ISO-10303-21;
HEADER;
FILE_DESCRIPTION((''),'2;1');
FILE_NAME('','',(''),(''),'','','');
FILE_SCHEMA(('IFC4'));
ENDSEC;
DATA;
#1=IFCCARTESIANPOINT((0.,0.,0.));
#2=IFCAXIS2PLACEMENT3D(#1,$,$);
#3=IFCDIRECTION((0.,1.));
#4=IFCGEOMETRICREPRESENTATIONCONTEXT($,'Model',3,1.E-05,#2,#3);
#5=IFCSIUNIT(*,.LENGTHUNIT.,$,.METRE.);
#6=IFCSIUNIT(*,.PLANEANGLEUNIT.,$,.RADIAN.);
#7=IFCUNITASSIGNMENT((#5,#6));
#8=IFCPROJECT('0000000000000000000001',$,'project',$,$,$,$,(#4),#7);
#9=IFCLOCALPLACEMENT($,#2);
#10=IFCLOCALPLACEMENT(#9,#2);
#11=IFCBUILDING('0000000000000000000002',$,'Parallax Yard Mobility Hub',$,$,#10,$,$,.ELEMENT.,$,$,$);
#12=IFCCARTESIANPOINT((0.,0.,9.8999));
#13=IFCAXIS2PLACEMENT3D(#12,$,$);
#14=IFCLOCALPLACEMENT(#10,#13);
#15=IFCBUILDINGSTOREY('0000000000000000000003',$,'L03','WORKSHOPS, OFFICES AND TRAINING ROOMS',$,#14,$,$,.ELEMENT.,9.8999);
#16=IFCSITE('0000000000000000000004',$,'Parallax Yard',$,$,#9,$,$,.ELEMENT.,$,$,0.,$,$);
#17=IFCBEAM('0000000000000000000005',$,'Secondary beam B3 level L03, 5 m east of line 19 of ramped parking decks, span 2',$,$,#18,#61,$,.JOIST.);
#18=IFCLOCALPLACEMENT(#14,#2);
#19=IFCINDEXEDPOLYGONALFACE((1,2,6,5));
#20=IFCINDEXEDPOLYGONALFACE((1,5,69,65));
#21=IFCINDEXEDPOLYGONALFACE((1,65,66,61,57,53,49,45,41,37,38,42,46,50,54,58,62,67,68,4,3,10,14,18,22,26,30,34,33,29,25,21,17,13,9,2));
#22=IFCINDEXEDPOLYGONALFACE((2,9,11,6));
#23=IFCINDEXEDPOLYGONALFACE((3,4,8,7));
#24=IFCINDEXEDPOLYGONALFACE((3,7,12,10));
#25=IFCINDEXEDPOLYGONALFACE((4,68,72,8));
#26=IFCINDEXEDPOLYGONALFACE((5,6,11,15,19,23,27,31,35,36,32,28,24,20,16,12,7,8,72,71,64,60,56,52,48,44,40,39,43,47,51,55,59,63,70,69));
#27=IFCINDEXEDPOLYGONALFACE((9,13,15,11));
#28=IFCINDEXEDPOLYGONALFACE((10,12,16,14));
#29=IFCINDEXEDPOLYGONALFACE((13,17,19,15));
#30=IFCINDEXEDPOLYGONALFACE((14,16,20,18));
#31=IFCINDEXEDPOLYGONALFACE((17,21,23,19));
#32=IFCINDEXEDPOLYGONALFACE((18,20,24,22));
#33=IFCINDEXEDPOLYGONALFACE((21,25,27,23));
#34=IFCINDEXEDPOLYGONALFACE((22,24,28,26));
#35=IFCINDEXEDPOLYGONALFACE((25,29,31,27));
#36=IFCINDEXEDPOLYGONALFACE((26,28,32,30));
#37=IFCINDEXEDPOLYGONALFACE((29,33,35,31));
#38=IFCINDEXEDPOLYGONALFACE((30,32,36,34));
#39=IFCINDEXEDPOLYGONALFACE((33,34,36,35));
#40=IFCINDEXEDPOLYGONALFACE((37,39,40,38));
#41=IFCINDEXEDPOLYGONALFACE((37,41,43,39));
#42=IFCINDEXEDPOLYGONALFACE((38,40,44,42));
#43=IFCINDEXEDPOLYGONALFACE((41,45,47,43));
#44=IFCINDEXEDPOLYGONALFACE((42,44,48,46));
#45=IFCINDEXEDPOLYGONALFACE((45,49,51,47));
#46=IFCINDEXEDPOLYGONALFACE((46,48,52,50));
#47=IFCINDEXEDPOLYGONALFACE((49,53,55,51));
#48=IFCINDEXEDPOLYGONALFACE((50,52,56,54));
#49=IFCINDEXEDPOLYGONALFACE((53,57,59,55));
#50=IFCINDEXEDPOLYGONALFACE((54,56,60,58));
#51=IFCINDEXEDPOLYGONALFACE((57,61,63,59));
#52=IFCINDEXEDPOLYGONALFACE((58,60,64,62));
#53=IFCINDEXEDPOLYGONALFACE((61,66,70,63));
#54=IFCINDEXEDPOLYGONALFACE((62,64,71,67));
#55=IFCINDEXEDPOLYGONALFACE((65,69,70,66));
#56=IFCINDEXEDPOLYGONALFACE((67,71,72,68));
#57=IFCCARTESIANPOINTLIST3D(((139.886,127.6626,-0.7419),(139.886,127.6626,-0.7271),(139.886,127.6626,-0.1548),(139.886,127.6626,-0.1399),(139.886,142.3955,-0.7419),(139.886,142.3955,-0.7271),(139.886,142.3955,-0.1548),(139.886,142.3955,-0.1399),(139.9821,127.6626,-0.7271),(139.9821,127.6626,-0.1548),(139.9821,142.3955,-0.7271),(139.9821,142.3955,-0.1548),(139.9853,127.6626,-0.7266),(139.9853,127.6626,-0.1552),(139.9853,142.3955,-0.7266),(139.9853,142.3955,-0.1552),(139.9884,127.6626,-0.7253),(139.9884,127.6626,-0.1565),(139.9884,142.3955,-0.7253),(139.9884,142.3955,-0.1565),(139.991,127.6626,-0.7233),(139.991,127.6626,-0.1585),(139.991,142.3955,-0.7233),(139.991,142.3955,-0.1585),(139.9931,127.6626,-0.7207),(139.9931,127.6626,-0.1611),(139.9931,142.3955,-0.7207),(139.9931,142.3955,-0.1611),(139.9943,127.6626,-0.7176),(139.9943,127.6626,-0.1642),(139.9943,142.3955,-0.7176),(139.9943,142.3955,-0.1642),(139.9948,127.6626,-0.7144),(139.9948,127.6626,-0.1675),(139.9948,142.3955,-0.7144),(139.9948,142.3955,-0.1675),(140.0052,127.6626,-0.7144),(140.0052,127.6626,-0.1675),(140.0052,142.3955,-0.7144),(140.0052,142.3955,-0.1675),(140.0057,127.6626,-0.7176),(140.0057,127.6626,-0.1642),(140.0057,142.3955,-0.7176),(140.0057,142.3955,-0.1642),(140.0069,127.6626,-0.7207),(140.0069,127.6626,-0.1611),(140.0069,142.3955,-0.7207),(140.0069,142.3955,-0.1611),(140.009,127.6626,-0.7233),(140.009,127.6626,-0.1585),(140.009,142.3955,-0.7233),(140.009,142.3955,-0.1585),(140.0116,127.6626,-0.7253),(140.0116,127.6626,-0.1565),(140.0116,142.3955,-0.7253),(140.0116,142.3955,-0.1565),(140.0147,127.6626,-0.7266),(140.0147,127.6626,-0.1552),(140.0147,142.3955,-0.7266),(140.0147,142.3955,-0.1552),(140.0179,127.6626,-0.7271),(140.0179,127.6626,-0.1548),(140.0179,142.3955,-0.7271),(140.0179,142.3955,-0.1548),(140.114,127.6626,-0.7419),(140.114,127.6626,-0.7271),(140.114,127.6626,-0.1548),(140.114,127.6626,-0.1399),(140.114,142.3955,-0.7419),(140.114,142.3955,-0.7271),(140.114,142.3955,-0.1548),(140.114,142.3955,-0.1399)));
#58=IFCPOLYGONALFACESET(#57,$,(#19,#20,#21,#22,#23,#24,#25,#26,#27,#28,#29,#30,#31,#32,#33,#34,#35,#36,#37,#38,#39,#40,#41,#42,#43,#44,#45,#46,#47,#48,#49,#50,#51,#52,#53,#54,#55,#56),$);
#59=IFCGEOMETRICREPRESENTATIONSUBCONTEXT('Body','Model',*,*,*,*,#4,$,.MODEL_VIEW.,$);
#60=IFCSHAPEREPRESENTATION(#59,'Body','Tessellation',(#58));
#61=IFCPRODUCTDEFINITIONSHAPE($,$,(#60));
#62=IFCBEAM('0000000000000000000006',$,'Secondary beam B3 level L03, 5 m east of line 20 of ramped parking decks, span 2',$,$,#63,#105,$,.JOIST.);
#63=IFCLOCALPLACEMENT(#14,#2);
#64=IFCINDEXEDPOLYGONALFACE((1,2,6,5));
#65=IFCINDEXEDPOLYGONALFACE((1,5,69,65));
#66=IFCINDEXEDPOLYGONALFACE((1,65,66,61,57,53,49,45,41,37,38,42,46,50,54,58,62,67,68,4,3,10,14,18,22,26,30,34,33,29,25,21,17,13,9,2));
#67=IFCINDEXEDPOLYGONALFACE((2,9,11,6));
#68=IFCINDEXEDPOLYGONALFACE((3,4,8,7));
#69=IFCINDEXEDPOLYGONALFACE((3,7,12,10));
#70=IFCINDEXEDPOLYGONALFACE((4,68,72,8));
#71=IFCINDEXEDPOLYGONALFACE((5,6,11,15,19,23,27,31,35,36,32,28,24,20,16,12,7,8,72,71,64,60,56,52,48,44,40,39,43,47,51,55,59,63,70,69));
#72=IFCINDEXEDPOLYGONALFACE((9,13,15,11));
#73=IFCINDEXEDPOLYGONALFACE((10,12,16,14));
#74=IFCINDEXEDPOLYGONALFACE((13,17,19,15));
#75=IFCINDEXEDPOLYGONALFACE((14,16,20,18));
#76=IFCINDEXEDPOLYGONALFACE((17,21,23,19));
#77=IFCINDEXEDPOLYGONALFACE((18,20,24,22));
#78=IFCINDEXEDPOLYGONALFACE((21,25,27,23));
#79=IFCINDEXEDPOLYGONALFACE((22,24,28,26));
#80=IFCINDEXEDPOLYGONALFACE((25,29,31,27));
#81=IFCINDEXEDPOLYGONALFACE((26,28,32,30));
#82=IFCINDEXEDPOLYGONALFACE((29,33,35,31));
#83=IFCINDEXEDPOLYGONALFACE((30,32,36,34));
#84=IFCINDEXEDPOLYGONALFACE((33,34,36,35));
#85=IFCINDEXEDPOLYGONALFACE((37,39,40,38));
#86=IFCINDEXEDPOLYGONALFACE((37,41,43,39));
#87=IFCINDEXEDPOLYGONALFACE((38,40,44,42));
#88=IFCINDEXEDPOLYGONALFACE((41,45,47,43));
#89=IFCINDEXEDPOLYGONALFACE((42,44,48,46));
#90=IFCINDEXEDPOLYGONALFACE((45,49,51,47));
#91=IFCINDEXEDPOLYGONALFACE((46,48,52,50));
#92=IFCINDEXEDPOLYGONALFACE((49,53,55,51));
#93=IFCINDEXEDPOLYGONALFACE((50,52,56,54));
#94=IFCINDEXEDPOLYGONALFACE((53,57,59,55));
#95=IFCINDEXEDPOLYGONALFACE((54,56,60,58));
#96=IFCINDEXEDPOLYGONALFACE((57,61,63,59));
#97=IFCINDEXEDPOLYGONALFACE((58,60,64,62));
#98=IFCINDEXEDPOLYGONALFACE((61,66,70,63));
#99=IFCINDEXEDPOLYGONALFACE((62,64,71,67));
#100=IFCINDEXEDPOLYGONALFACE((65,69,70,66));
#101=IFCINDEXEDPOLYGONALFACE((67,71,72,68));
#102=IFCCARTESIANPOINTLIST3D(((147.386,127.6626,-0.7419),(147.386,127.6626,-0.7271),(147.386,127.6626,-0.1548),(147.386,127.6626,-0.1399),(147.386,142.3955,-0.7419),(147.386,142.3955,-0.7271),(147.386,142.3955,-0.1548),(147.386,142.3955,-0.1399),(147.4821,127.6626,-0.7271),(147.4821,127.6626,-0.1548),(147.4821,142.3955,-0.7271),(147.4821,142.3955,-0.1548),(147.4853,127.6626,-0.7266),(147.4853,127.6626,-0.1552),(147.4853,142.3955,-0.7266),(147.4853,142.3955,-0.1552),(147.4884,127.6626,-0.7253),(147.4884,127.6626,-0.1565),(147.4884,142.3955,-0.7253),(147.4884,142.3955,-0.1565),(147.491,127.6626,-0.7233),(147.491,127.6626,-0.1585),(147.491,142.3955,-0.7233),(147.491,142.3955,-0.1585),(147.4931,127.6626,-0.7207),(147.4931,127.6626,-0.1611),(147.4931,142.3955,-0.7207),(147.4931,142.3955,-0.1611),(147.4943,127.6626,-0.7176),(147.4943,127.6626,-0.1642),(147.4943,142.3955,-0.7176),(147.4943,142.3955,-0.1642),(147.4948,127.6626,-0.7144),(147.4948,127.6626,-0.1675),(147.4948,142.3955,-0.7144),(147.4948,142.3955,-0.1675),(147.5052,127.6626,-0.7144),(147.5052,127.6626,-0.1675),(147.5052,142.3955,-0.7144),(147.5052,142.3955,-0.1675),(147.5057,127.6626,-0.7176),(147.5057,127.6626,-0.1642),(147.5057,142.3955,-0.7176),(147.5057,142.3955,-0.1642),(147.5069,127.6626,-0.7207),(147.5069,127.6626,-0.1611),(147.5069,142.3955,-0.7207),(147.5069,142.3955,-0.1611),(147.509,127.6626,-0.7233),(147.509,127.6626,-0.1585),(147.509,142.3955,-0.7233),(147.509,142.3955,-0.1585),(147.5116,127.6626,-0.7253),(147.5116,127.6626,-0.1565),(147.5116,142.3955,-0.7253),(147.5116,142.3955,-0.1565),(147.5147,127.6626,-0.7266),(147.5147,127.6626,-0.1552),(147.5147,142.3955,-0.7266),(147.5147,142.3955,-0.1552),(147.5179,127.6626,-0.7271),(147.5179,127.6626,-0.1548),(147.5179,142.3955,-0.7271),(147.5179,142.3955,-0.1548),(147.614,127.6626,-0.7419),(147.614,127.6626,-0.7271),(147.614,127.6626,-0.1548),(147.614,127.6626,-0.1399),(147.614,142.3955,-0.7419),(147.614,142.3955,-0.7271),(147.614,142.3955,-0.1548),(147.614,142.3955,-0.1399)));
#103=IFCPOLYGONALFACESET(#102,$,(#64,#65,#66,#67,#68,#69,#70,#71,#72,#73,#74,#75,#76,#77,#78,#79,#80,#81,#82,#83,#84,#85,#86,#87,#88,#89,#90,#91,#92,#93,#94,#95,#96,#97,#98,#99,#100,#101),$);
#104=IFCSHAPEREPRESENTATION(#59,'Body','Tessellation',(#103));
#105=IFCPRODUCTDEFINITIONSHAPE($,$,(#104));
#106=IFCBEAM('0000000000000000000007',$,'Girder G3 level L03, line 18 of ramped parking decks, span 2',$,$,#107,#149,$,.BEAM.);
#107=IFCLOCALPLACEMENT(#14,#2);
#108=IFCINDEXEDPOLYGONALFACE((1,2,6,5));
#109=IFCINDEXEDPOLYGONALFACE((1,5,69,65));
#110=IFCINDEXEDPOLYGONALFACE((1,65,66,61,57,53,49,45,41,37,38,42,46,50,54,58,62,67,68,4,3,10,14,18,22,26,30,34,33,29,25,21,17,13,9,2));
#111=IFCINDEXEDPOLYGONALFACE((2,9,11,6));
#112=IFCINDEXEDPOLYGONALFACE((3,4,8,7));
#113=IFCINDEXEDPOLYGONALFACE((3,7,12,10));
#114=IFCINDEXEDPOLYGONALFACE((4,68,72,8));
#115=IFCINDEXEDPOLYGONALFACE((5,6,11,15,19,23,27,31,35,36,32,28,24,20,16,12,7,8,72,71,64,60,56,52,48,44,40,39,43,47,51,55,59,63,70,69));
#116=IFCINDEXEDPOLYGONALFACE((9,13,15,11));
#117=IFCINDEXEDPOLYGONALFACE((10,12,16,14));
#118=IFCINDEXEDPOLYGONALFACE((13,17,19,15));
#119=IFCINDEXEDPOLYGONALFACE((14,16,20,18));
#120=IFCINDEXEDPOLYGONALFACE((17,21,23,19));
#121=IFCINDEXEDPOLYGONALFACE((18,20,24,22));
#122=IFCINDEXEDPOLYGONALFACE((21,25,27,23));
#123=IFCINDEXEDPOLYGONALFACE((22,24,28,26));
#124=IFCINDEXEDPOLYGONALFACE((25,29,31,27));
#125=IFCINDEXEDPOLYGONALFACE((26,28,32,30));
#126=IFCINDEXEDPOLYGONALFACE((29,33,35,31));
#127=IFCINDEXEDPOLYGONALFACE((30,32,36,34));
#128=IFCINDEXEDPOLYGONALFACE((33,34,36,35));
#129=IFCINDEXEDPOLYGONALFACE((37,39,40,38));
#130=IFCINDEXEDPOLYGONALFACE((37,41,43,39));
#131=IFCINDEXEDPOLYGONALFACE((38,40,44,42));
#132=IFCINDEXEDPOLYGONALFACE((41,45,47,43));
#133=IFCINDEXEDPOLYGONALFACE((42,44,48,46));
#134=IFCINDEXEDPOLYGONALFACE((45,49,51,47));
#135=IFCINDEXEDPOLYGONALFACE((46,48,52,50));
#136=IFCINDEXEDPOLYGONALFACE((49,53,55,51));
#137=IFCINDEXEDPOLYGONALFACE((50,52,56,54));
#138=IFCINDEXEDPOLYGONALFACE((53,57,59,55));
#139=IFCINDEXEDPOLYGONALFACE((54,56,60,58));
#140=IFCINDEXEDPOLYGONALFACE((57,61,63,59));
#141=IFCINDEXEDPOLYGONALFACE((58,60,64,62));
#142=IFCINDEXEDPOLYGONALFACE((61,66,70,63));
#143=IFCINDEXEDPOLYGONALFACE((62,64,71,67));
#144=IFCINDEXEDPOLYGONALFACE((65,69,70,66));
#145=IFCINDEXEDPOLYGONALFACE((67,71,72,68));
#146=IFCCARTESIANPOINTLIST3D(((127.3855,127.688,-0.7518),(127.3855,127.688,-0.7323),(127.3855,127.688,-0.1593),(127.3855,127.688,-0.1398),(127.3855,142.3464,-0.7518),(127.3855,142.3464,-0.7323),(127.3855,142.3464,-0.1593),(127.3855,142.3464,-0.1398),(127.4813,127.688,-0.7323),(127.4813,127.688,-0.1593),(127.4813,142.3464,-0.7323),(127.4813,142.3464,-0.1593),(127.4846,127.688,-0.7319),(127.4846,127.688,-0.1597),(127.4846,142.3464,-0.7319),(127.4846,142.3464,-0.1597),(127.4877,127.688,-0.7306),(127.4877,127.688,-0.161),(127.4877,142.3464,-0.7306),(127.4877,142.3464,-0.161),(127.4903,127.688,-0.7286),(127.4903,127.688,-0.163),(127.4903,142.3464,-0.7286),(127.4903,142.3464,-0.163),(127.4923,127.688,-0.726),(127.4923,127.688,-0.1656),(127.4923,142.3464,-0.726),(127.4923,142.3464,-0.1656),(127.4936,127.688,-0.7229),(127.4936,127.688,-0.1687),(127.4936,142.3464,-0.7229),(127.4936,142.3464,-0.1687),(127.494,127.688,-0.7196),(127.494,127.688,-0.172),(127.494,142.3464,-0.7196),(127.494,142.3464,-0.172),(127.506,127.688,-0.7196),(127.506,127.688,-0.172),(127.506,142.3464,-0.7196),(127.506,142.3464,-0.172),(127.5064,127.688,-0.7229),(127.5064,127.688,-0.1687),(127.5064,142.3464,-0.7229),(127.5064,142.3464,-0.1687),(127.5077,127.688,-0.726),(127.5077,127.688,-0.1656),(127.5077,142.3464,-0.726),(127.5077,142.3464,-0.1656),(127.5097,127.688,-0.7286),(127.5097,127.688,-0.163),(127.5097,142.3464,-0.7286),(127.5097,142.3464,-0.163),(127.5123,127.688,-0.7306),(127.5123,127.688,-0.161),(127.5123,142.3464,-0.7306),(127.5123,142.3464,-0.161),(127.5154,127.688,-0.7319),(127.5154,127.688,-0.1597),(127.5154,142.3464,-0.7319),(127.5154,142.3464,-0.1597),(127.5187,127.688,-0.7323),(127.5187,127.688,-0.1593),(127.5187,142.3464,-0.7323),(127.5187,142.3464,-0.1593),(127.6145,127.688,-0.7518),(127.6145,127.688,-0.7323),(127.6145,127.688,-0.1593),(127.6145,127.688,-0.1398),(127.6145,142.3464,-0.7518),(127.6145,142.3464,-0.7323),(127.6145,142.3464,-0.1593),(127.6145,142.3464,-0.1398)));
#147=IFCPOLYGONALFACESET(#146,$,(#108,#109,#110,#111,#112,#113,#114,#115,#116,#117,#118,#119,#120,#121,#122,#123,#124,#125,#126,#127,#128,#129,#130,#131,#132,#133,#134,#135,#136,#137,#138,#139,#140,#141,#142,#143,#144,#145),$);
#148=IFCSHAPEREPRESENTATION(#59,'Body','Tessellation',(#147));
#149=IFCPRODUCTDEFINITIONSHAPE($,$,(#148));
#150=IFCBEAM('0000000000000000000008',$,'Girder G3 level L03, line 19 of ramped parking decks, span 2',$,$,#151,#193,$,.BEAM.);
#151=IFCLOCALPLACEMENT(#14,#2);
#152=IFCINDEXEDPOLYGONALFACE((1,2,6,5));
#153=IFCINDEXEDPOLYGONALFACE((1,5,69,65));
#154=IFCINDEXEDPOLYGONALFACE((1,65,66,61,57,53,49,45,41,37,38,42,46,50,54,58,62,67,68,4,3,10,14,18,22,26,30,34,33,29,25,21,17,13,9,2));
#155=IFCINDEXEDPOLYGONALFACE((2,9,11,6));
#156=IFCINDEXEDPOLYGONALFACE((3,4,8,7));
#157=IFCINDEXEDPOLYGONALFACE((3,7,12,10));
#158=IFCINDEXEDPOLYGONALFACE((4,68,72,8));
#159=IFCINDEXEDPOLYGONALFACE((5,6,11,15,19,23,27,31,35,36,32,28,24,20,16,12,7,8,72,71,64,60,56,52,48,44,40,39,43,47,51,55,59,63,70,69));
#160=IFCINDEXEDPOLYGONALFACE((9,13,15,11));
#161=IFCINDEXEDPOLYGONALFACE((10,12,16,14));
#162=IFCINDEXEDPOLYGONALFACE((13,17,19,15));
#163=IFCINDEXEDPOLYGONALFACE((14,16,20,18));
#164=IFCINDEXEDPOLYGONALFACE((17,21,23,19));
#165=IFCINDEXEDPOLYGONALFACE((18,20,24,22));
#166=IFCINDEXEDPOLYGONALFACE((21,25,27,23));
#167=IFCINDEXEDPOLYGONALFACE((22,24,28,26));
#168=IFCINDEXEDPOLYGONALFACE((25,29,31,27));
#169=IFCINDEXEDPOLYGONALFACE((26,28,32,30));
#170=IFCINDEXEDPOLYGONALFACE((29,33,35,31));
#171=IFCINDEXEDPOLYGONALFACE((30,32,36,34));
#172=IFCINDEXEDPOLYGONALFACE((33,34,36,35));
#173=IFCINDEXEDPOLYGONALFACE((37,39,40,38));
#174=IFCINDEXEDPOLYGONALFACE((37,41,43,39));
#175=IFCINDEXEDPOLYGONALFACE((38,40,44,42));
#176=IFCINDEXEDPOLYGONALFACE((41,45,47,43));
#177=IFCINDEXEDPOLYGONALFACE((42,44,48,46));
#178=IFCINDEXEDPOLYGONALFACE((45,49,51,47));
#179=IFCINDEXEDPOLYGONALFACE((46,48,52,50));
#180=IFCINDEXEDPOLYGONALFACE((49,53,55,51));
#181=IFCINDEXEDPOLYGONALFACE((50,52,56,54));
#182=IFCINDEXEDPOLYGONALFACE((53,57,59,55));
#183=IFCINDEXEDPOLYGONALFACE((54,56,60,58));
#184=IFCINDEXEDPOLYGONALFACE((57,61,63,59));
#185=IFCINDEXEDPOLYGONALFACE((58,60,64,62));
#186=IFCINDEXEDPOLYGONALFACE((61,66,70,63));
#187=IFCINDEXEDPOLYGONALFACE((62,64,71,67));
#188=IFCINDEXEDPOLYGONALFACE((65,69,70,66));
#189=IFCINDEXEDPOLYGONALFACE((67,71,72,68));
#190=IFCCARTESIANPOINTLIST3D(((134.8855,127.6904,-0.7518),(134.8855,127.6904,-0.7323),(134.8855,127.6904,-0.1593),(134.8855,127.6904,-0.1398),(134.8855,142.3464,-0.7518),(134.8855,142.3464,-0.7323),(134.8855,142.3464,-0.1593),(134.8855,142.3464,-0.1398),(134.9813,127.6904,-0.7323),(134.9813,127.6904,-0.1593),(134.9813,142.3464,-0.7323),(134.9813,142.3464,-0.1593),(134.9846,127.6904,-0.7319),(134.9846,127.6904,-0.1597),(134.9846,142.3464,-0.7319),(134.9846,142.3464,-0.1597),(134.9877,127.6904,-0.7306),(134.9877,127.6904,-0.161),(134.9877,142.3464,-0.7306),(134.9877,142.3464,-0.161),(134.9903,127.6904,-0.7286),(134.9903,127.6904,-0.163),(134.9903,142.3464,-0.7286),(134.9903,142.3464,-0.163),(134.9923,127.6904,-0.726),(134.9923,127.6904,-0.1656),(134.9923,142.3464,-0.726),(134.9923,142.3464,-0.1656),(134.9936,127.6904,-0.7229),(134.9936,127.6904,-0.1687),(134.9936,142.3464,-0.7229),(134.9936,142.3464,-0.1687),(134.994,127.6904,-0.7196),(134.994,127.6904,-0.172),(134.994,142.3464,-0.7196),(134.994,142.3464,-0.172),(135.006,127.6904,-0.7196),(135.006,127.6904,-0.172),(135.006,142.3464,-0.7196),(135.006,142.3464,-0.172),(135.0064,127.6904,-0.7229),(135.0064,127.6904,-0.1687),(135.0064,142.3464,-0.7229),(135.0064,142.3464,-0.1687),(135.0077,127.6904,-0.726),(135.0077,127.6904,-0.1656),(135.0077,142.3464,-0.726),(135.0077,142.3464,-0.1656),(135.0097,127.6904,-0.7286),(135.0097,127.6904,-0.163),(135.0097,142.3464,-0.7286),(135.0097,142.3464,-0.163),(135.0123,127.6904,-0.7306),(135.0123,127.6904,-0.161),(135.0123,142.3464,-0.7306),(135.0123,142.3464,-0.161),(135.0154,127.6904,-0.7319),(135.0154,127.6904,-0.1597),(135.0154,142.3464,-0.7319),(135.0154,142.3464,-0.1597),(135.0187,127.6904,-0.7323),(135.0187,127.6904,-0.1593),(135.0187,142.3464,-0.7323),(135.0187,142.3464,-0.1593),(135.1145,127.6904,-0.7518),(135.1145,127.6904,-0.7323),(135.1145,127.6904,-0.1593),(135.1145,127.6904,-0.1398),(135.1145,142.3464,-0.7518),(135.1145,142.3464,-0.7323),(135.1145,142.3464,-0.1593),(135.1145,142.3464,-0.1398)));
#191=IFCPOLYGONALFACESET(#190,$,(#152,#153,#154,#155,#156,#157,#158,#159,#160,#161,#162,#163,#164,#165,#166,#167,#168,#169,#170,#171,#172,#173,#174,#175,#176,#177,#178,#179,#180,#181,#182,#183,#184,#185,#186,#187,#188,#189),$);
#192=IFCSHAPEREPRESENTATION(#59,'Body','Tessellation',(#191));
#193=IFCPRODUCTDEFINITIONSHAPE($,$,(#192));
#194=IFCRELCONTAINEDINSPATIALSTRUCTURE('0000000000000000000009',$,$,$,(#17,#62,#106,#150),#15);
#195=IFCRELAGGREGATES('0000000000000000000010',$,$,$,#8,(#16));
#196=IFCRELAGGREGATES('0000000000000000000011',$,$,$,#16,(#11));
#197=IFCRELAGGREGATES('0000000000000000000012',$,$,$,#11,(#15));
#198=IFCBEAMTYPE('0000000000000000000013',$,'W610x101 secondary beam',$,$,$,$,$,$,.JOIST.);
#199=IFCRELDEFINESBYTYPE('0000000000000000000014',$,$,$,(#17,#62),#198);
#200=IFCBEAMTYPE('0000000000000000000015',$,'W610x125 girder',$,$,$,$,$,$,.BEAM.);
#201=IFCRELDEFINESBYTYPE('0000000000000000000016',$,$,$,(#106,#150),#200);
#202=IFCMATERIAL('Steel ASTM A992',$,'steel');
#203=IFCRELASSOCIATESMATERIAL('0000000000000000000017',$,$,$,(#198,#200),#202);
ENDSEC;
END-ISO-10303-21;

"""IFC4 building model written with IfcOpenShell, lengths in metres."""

from ifc_helpers import new_model, si_unit, direction, frame, origin, origin_2d, place, context, subcontext, project, spatial, i_section, extrude, material, material_profile, profile_set, type_object, element, save


model = new_model("IFC4")

# Units and contexts
model_context = context("Model", 3, precision=1e-05, world=origin(), true_north=direction((0.0, 1.0)))
body_context = subcontext(model_context, "Body", "Model", "MODEL_VIEW")
ifc_project = project(units=[si_unit("LENGTHUNIT", "METRE"), si_unit("PLANEANGLEUNIT", "RADIAN")], contexts=[model_context])

# Site, building, storey
site_placement = place(None, origin())
site = spatial("IfcSite", under=ifc_project, at=site_placement, Name="Parallax Yard", CompositionType="ELEMENT", RefElevation=0.0)
building_placement = place(site_placement, origin())
building = spatial("IfcBuilding", under=site, at=building_placement, Name="Parallax Yard Mobility Hub", CompositionType="ELEMENT")
storey_placement = place(building_placement, frame((0.0, 0.0, 9.8999)))
storey = spatial("IfcBuildingStorey", under=building, at=storey_placement, Name="L03", Description="WORKSHOPS, OFFICES AND TRAINING ROOMS", CompositionType="ELEMENT", Elevation=9.8999)

# Shared definitions
ifc_material_1 = material(Name="Steel ASTM A992", Category="steel")

# Beams
ifc_material_profile_1 = material_profile(ifc_material_1, i_section(OverallWidth=0.228, OverallDepth=0.6021, WebThickness=0.0105, FlangeThickness=0.0149, FilletRadius=0.0127, at=origin_2d()), Name="W610x101")
ifc_profile_set_1 = profile_set([ifc_material_profile_1], Name="Steel ASTM A992")
beam_type_1 = type_object("IfcBeamType", Name="W610x101 secondary beam", PredefinedType="JOIST", material=ifc_profile_set_1)
for number, where, z_axis, x_axis, name in (
    (1, (140.0, 127.6626, -0.4409), (0.0, 1.0, 0.0), (-1.0, 0.0, 0.0), "Secondary beam B3 level L03, 5 m east of line 19 of ramped parking decks, span 2"),
    (2, (147.5, 127.6626, -0.4409), (0.0, 1.0, 0.0), (-1.0, 0.0, 0.0), "Secondary beam B3 level L03, 5 m east of line 20 of ramped parking decks, span 2"),
):
    element("IfcBeam", number, at=place(storey_placement, frame(where, z_axis=z_axis, x_axis=x_axis)), inside=storey, type_object=beam_type_1, Name=name, PredefinedType="JOIST", context=body_context, shape_type="SweptSolid", body=[
        extrude(i_section(OverallWidth=0.228, OverallDepth=0.6021, WebThickness=0.0105, FlangeThickness=0.0149, FilletRadius=0.0127, at=origin_2d()), origin(), (0.0, 0.0, 1.0), 14.7329),
    ])
ifc_material_profile_2 = material_profile(ifc_material_1, i_section(OverallWidth=0.229, OverallDepth=0.6121, WebThickness=0.012, FlangeThickness=0.0195, FilletRadius=0.0127, at=origin_2d()), Name="W610x125")
ifc_profile_set_2 = profile_set([ifc_material_profile_2], Name="Steel ASTM A992")
beam_type_2 = type_object("IfcBeamType", Name="W610x125 girder", PredefinedType="BEAM", material=ifc_profile_set_2)
beam_1_placement = place(storey_placement, frame((127.5, 127.688, -0.4458), z_axis=(0.0, 1.0, 0.0), x_axis=(-1.0, 0.0, 0.0)))
element("IfcBeam", 3, at=beam_1_placement, inside=storey, type_object=beam_type_2, Name="Girder G3 level L03, line 18 of ramped parking decks, span 2", PredefinedType="BEAM", context=body_context, shape_type="SweptSolid", body=[
    extrude(i_section(OverallWidth=0.229, OverallDepth=0.6121, WebThickness=0.012, FlangeThickness=0.0195, FilletRadius=0.0127, at=origin_2d()), origin(), (0.0, 0.0, 1.0), 14.6584),
])
beam_2_placement = place(storey_placement, frame((135.0, 127.6904, -0.4458), z_axis=(0.0, 1.0, 0.0), x_axis=(-1.0, 0.0, 0.0)))
element("IfcBeam", 4, at=beam_2_placement, inside=storey, type_object=beam_type_2, Name="Girder G3 level L03, line 19 of ramped parking decks, span 2", PredefinedType="BEAM", context=body_context, shape_type="SweptSolid", body=[
    extrude(i_section(OverallWidth=0.229, OverallDepth=0.6121, WebThickness=0.012, FlangeThickness=0.0195, FilletRadius=0.0127, at=origin_2d()), origin(), (0.0, 0.0, 1.0), 14.656),
])

save(model, "model.ifc")
